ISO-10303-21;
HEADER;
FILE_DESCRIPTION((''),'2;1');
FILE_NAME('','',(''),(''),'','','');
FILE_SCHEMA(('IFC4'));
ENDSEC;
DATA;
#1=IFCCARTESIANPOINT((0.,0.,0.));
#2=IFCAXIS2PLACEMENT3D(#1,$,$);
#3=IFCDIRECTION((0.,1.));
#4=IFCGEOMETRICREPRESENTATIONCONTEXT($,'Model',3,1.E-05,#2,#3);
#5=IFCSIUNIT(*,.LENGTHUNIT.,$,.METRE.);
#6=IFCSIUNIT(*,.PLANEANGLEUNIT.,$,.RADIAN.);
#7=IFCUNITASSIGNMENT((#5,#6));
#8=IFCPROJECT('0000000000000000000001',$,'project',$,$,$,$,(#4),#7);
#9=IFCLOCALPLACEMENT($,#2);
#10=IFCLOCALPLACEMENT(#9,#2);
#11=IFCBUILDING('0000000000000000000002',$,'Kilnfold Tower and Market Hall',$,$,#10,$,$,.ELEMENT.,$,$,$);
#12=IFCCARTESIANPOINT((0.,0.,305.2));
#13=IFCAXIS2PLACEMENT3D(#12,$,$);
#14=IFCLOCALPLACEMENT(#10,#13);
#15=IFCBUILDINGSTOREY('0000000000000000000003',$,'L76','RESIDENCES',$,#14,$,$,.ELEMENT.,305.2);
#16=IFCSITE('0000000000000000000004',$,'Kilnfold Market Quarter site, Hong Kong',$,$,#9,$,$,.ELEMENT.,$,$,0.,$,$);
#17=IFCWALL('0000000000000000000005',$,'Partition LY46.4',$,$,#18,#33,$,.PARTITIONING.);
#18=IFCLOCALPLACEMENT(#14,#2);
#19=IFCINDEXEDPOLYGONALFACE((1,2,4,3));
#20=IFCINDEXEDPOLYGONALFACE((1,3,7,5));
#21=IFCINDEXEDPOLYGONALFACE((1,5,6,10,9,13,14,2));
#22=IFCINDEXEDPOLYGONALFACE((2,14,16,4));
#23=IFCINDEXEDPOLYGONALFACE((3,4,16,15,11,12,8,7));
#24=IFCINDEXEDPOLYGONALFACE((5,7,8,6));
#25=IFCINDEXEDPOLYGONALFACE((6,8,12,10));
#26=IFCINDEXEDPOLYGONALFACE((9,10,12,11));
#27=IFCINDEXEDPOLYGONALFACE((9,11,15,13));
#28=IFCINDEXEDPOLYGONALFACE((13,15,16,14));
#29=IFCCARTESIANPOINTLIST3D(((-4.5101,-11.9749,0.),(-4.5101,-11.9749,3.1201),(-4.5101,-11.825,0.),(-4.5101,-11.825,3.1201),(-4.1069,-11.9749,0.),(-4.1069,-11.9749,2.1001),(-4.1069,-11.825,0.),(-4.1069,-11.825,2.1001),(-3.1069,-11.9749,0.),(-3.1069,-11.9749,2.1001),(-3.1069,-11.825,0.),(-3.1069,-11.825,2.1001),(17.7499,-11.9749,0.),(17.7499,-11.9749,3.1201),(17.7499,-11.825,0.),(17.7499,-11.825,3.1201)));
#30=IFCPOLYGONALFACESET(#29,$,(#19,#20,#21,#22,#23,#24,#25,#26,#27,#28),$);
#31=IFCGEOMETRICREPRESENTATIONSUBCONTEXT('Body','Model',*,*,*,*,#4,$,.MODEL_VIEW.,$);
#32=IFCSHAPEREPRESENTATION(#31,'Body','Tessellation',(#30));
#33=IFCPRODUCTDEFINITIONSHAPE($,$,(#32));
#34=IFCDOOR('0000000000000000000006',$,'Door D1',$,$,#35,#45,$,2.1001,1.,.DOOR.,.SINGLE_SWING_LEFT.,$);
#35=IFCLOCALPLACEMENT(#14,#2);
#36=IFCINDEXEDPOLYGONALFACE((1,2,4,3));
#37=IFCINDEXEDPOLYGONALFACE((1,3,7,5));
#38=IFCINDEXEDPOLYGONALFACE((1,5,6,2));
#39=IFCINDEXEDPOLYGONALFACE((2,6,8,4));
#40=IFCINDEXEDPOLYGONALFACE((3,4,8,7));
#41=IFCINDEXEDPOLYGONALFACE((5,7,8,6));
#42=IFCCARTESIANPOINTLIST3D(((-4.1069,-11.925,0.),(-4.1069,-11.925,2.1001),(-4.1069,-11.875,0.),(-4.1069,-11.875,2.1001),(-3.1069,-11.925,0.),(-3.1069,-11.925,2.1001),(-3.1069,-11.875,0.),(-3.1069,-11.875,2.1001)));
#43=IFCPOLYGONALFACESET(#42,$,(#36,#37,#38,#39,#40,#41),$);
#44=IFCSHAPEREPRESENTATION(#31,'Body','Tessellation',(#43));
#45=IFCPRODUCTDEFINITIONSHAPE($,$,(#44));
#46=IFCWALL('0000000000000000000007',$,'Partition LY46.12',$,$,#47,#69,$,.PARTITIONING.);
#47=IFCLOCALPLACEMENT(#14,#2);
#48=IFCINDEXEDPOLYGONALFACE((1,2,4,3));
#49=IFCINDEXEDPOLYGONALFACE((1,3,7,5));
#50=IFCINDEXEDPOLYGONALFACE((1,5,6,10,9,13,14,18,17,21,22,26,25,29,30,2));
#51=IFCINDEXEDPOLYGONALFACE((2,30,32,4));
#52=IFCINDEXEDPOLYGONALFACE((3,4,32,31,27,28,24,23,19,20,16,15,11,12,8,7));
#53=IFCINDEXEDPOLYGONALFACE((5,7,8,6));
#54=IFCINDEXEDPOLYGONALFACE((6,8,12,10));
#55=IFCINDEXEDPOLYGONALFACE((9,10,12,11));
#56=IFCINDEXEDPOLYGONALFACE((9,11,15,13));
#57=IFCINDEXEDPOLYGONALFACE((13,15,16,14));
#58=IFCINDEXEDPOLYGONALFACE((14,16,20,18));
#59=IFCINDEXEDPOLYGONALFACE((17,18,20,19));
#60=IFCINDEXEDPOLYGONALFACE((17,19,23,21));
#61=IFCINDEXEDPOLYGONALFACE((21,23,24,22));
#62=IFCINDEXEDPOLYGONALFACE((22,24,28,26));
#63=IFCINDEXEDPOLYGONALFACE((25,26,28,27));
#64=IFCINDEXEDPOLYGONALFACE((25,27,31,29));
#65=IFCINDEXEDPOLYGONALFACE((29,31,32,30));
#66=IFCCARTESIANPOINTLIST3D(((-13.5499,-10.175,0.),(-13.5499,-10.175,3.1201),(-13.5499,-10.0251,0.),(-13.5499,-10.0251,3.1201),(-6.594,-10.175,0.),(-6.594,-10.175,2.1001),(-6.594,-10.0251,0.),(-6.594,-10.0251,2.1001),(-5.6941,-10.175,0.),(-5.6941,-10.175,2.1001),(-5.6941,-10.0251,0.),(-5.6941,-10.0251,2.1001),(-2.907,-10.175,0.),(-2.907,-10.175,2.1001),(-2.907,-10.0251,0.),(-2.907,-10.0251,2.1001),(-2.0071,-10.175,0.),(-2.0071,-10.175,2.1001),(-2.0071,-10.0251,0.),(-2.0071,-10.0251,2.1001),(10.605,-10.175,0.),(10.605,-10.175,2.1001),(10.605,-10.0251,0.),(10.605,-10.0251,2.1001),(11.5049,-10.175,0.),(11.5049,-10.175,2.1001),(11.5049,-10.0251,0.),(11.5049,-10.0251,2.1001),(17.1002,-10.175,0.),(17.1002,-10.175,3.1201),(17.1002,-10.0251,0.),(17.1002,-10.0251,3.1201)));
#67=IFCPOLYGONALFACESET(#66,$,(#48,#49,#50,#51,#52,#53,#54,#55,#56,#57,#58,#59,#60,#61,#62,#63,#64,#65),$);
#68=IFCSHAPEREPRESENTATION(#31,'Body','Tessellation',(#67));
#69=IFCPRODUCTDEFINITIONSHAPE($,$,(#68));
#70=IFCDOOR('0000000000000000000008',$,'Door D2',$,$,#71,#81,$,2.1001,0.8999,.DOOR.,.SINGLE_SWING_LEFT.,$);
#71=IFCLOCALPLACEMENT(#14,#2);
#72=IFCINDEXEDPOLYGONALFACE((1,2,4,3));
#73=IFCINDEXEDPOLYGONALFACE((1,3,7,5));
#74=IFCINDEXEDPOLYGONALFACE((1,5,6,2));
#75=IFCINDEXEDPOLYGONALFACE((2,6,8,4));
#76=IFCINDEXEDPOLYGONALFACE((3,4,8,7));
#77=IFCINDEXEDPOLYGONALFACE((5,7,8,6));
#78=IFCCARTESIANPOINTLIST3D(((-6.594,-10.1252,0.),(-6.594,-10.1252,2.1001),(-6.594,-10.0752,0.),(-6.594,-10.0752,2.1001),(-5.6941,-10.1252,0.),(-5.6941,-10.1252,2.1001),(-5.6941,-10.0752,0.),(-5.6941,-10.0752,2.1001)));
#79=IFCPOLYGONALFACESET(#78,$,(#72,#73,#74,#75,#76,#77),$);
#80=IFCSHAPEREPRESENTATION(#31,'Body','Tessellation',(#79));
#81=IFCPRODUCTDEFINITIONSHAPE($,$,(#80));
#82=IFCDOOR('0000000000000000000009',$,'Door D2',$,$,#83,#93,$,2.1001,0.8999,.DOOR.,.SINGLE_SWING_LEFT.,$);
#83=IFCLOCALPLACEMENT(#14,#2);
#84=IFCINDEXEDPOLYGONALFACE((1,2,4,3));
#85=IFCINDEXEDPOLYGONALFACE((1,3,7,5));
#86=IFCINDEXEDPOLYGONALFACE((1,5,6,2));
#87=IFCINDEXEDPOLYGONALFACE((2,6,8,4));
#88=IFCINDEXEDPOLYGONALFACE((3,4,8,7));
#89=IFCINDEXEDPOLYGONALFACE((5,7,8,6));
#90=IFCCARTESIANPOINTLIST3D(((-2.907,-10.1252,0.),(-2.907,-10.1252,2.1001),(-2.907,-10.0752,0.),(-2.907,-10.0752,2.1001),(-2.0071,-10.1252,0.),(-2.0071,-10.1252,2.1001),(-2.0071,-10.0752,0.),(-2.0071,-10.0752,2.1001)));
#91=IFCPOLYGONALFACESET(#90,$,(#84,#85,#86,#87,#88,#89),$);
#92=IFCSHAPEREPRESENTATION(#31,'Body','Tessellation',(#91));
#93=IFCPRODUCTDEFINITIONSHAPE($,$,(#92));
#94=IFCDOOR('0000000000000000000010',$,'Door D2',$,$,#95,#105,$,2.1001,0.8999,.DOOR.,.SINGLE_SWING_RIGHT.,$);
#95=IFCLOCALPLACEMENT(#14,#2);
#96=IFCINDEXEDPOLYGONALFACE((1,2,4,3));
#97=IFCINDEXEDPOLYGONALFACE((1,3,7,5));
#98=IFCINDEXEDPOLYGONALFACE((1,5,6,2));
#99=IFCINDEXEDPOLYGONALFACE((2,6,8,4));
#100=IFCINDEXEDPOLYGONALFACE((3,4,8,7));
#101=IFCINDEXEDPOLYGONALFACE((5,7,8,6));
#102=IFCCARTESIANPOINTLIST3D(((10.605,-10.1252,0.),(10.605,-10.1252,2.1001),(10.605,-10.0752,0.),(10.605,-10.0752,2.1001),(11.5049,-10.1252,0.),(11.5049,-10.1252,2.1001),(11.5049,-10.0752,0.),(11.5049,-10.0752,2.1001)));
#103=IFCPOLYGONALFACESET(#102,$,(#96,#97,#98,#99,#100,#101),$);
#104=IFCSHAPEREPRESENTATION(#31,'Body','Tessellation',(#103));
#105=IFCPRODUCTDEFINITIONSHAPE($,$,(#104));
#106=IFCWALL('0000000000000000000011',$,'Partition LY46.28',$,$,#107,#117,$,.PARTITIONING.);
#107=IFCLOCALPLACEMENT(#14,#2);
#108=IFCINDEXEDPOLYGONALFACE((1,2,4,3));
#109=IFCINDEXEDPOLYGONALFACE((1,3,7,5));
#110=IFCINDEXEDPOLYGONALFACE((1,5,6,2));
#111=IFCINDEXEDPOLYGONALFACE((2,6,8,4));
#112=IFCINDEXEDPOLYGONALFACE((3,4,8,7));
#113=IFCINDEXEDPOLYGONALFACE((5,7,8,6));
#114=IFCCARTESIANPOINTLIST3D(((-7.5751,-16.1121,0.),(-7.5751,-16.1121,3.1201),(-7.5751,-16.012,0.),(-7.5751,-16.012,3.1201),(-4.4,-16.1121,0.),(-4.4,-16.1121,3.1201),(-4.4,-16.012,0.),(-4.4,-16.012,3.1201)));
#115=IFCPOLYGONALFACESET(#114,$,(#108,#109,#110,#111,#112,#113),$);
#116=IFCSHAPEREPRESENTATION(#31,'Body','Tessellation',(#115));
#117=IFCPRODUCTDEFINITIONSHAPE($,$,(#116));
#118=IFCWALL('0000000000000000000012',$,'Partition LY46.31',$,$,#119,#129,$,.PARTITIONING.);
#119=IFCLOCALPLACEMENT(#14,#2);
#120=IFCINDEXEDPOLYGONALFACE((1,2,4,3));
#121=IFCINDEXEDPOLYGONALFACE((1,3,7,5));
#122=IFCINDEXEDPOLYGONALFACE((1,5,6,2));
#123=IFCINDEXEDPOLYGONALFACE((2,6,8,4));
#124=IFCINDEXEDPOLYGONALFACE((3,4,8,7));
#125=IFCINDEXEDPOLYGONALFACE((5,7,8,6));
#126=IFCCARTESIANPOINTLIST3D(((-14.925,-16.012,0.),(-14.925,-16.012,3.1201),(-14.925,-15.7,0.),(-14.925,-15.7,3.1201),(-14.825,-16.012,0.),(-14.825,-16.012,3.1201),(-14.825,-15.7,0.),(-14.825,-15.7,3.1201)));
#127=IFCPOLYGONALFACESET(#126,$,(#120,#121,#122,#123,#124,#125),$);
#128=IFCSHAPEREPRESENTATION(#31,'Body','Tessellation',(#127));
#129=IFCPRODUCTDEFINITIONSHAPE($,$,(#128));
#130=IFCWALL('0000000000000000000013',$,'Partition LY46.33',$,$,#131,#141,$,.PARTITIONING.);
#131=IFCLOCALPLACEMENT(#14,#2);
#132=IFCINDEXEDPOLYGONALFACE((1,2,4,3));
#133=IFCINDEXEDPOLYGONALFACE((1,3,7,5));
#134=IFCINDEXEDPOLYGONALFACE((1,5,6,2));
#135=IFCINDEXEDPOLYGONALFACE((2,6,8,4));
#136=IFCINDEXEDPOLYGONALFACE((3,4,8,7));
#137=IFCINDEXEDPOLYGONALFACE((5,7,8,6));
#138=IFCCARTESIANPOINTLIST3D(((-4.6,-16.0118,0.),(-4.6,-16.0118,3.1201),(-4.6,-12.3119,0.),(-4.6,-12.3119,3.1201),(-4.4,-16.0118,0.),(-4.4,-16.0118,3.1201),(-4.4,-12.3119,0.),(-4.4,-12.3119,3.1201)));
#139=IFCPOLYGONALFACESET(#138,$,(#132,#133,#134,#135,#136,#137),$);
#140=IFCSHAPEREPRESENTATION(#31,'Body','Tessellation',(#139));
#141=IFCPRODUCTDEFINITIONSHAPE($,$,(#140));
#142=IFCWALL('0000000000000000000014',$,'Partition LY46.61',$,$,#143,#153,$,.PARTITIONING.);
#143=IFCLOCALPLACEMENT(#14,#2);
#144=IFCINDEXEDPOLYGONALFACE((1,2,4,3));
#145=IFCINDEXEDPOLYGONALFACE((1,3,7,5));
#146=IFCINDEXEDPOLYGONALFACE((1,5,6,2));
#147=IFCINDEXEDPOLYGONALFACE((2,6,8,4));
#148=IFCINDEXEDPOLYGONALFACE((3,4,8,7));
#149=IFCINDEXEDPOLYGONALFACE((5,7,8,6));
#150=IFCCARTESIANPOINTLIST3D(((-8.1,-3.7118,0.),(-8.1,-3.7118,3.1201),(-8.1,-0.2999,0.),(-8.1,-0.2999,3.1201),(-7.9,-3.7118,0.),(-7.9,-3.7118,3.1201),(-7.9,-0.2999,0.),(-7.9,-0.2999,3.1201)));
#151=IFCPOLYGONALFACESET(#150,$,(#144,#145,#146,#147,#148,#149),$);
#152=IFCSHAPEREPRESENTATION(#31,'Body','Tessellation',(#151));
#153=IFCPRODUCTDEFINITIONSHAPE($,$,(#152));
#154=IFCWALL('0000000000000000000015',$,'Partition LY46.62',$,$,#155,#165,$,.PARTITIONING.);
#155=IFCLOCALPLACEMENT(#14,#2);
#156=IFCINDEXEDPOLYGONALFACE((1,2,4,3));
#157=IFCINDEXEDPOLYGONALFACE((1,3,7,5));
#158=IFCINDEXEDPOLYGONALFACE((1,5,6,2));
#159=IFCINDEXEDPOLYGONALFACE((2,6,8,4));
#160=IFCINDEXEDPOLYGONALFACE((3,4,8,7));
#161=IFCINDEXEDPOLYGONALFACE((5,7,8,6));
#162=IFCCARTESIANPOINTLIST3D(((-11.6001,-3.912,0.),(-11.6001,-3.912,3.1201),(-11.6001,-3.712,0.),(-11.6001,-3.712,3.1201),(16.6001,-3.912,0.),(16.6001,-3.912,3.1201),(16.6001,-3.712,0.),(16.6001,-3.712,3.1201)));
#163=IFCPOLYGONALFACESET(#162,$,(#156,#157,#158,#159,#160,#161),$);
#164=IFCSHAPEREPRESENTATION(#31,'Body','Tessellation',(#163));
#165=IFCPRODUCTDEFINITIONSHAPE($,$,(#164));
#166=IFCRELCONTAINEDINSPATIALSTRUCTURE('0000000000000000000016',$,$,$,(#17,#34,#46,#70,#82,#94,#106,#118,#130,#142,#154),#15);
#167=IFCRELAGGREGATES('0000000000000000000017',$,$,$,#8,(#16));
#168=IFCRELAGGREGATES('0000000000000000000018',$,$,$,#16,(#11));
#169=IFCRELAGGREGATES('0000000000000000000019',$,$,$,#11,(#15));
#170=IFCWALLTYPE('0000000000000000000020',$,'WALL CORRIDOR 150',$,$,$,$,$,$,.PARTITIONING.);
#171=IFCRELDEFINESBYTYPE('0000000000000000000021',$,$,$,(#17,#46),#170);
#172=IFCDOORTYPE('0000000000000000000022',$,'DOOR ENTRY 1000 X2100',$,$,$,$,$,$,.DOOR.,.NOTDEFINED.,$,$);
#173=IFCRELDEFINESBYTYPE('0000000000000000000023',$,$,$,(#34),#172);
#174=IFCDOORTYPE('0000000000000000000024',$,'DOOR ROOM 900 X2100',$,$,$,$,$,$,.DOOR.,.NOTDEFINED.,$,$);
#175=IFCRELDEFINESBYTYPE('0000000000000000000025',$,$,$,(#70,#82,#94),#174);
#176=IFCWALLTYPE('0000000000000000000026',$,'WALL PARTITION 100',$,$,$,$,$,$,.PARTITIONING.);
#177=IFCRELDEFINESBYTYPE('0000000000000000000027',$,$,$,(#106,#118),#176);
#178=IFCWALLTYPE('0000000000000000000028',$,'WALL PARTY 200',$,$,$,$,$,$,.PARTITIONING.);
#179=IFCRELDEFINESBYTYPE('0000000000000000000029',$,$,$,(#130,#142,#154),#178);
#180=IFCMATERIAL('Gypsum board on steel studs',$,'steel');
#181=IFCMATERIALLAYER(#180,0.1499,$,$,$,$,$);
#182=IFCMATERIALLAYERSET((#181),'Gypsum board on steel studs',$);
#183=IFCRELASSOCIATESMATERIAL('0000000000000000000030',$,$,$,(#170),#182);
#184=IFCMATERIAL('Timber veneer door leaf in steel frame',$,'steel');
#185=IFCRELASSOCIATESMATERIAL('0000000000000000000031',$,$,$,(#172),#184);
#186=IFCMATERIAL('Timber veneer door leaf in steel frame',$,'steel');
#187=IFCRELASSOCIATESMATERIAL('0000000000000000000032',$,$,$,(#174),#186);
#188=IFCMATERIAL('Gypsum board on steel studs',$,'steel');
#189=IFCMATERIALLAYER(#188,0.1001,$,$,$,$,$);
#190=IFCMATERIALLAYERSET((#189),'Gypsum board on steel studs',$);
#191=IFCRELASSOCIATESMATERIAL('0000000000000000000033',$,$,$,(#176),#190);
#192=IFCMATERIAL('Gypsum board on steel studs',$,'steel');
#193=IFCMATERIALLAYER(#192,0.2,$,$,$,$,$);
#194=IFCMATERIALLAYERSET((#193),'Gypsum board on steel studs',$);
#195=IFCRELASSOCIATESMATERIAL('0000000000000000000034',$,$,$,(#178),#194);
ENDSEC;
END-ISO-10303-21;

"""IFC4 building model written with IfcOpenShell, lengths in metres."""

from ifc_helpers import new_model, si_unit, direction, frame, frame_2d, origin, place, context, subcontext, project, spatial, rectangle, extrude, material, layer, layer_set, type_object, element, fill, save


model = new_model("IFC4")

# Units and contexts
model_context = context("Model", 3, precision=1e-05, world=origin(), true_north=direction((0.0, 1.0)))
body_context = subcontext(model_context, "Body", "Model", "MODEL_VIEW")
ifc_project = project(units=[si_unit("LENGTHUNIT", "METRE"), si_unit("PLANEANGLEUNIT", "RADIAN")], contexts=[model_context])

# Site, building, storey
site_placement = place(None, origin())
site = spatial("IfcSite", under=ifc_project, at=site_placement, Name="Kilnfold Market Quarter site, Hong Kong", CompositionType="ELEMENT", RefElevation=0.0)
building_placement = place(site_placement, origin())
building = spatial("IfcBuilding", under=site, at=building_placement, Name="Kilnfold Tower and Market Hall", CompositionType="ELEMENT")
storey_placement = place(building_placement, frame((0.0, 0.0, 305.2)))
storey = spatial("IfcBuildingStorey", under=building, at=storey_placement, Name="L76", Description="RESIDENCES", CompositionType="ELEMENT", Elevation=305.2)

# Wall, opening, door
ifc_material_1 = material(Name="Gypsum board on steel studs", Category="steel")
ifc_layer_1 = layer(ifc_material_1, 0.1499)
ifc_layer_set_1 = layer_set([ifc_layer_1], Name="Gypsum board on steel studs")
wall_type_1 = type_object("IfcWallType", Name="WALL CORRIDOR 150", PredefinedType="PARTITIONING", material=ifc_layer_set_1)
wall_1_placement = place(storey_placement, frame((-4.51, -11.8999, 0.0), z_axis=(0.0, 0.0, 1.0), x_axis=(1.0, 0.0, 0.0)))
wall_1 = element("IfcWall", 1, at=wall_1_placement, inside=storey, type_object=wall_type_1, Name="Partition LY46.4", PredefinedType="PARTITIONING", context=body_context, shape_type="SweptSolid", body=[
    extrude(rectangle(XDim=22.26, YDim=0.1499, at=frame_2d((11.1299, 0.0))), origin(), (0.0, 0.0, 1.0), 3.1201),
])
opening_1_placement = place(wall_1_placement, frame((0.4031, 0.0, 0.0)))
opening_1 = element("IfcOpeningElement", 2, at=opening_1_placement, cuts=wall_1, PredefinedType="OPENING", context=body_context, shape_type="SweptSolid", body=[
    extrude(rectangle(XDim=1.0, YDim=2.1001, at=frame_2d((0.5, 1.05))), frame((0.0, 0.085, 0.0), z_axis=(0.0, -1.0, 0.0), x_axis=(1.0, 0.0, 0.0)), (0.0, 0.0, 1.0), 0.1699),
])
ifc_material_2 = material(Name="Timber veneer door leaf in steel frame", Category="steel")
door_type_1 = type_object("IfcDoorType", Name="DOOR ENTRY 1000 X2100", OperationType="NOTDEFINED", PredefinedType="DOOR", material=ifc_material_2)
door_1_placement = place(opening_1_placement, origin())
door_1 = element("IfcDoor", 3, at=door_1_placement, inside=storey, type_object=door_type_1, Name="Door D1", OperationType="SINGLE_SWING_LEFT", OverallHeight=2.1001, OverallWidth=1.0, PredefinedType="DOOR", context=body_context, shape_type="SweptSolid", body=[
    extrude(rectangle(XDim=1.0, YDim=2.1001, at=frame_2d((0.5, 1.05))), frame((0.0, 0.0249, 0.0), z_axis=(0.0, -1.0, 0.0), x_axis=(1.0, 0.0, 0.0)), (0.0, 0.0, 1.0), 0.05),
])
fill(opening_1, door_1)

# Wall, openings, doors
wall_2_placement = place(storey_placement, frame((-13.55, -10.1001, 0.0), z_axis=(0.0, 0.0, 1.0), x_axis=(1.0, 0.0, 0.0)))
wall_2 = element("IfcWall", 4, at=wall_2_placement, inside=storey, type_object=wall_type_1, Name="Partition LY46.12", PredefinedType="PARTITIONING", context=body_context, shape_type="SweptSolid", body=[
    extrude(rectangle(XDim=30.6501, YDim=0.1499, at=frame_2d((15.3252, 0.0))), origin(), (0.0, 0.0, 1.0), 3.1201),
])
opening_2_placement = place(wall_2_placement, frame((6.9561, 0.0, 0.0)))
opening_2 = element("IfcOpeningElement", 5, at=opening_2_placement, cuts=wall_2, PredefinedType="OPENING", context=body_context, shape_type="SweptSolid", body=[
    extrude(rectangle(XDim=0.8999, YDim=2.1001, at=frame_2d((0.45, 1.05))), frame((0.0, 0.085, 0.0), z_axis=(0.0, -1.0, 0.0), x_axis=(1.0, 0.0, 0.0)), (0.0, 0.0, 1.0), 0.1699),
])
opening_3_placement = place(wall_2_placement, frame((10.6431, 0.0, 0.0)))
opening_3 = element("IfcOpeningElement", 6, at=opening_3_placement, cuts=wall_2, PredefinedType="OPENING", context=body_context, shape_type="SweptSolid", body=[
    extrude(rectangle(XDim=0.8999, YDim=2.1001, at=frame_2d((0.45, 1.05))), frame((0.0, 0.085, 0.0), z_axis=(0.0, -1.0, 0.0), x_axis=(1.0, 0.0, 0.0)), (0.0, 0.0, 1.0), 0.1699),
])
opening_4_placement = place(wall_2_placement, frame((24.155, 0.0, 0.0)))
opening_4 = element("IfcOpeningElement", 7, at=opening_4_placement, cuts=wall_2, PredefinedType="OPENING", context=body_context, shape_type="SweptSolid", body=[
    extrude(rectangle(XDim=0.8999, YDim=2.1001, at=frame_2d((0.45, 1.05))), frame((0.0, 0.085, 0.0), z_axis=(0.0, -1.0, 0.0), x_axis=(1.0, 0.0, 0.0)), (0.0, 0.0, 1.0), 0.1699),
])
ifc_material_3 = material(Name="Timber veneer door leaf in steel frame", Category="steel")
door_type_2 = type_object("IfcDoorType", Name="DOOR ROOM 900 X2100", OperationType="NOTDEFINED", PredefinedType="DOOR", material=ifc_material_3)
door_2_placement = place(opening_2_placement, origin())
door_2 = element("IfcDoor", 8, at=door_2_placement, inside=storey, type_object=door_type_2, Name="Door D2", OperationType="SINGLE_SWING_LEFT", OverallHeight=2.1001, OverallWidth=0.8999, PredefinedType="DOOR", context=body_context, shape_type="SweptSolid", body=[
    extrude(rectangle(XDim=0.8999, YDim=2.1001, at=frame_2d((0.45, 1.05))), frame((0.0, 0.0249, 0.0), z_axis=(0.0, -1.0, 0.0), x_axis=(1.0, 0.0, 0.0)), (0.0, 0.0, 1.0), 0.05),
])
fill(opening_2, door_2)
door_3_placement = place(opening_3_placement, origin())
door_3 = element("IfcDoor", 9, at=door_3_placement, inside=storey, type_object=door_type_2, Name="Door D2", OperationType="SINGLE_SWING_LEFT", OverallHeight=2.1001, OverallWidth=0.8999, PredefinedType="DOOR", context=body_context, shape_type="SweptSolid", body=[
    extrude(rectangle(XDim=0.8999, YDim=2.1001, at=frame_2d((0.45, 1.05))), frame((0.0, 0.0249, 0.0), z_axis=(0.0, -1.0, 0.0), x_axis=(1.0, 0.0, 0.0)), (0.0, 0.0, 1.0), 0.05),
])
fill(opening_3, door_3)
door_4_placement = place(opening_4_placement, origin())
door_4 = element("IfcDoor", 10, at=door_4_placement, inside=storey, type_object=door_type_2, Name="Door D2", OperationType="SINGLE_SWING_RIGHT", OverallHeight=2.1001, OverallWidth=0.8999, PredefinedType="DOOR", context=body_context, shape_type="SweptSolid", body=[
    extrude(rectangle(XDim=0.8999, YDim=2.1001, at=frame_2d((0.45, 1.05))), frame((0.0, 0.0249, 0.0), z_axis=(0.0, -1.0, 0.0), x_axis=(1.0, 0.0, 0.0)), (0.0, 0.0, 1.0), 0.05),
])
fill(opening_4, door_4)

# Walls
ifc_material_4 = material(Name="Gypsum board on steel studs", Category="steel")
ifc_layer_2 = layer(ifc_material_4, 0.1001)
ifc_layer_set_2 = layer_set([ifc_layer_2], Name="Gypsum board on steel studs")
wall_type_2 = type_object("IfcWallType", Name="WALL PARTITION 100", PredefinedType="PARTITIONING", material=ifc_layer_set_2)
wall_3_placement = place(storey_placement, frame((-7.575, -16.062, 0.0), z_axis=(0.0, 0.0, 1.0), x_axis=(1.0, 0.0, 0.0)))
element("IfcWall", 11, at=wall_3_placement, inside=storey, type_object=wall_type_2, Name="Partition LY46.28", PredefinedType="PARTITIONING", context=body_context, shape_type="SweptSolid", body=[
    extrude(rectangle(XDim=3.175, YDim=0.1001, at=frame_2d((1.5874, 0.0))), origin(), (0.0, 0.0, 1.0), 3.1201),
])
wall_4_placement = place(storey_placement, frame((-14.875, -16.012, 0.0), z_axis=(0.0, 0.0, 1.0), x_axis=(0.0, 1.0, 0.0)))
element("IfcWall", 12, at=wall_4_placement, inside=storey, type_object=wall_type_2, Name="Partition LY46.31", PredefinedType="PARTITIONING", context=body_context, shape_type="SweptSolid", body=[
    extrude(rectangle(XDim=0.312, YDim=0.1001, at=frame_2d((0.156, 0.0))), origin(), (0.0, 0.0, 1.0), 3.1201),
])
ifc_material_5 = material(Name="Gypsum board on steel studs", Category="steel")
ifc_layer_3 = layer(ifc_material_5, 0.2)
ifc_layer_set_3 = layer_set([ifc_layer_3], Name="Gypsum board on steel studs")
wall_type_3 = type_object("IfcWallType", Name="WALL PARTY 200", PredefinedType="PARTITIONING", material=ifc_layer_set_3)
wall_5_placement = place(storey_placement, frame((-4.5, -16.012, 0.0), z_axis=(0.0, 0.0, 1.0), x_axis=(0.0, 1.0, 0.0)))
element("IfcWall", 13, at=wall_5_placement, inside=storey, type_object=wall_type_3, Name="Partition LY46.33", PredefinedType="PARTITIONING", context=body_context, shape_type="SweptSolid", body=[
    extrude(rectangle(XDim=3.7, YDim=0.2, at=frame_2d((1.8501, 0.0))), origin(), (0.0, 0.0, 1.0), 3.1201),
])
wall_6_placement = place(storey_placement, frame((-8.0, -3.7119, 0.0), z_axis=(0.0, 0.0, 1.0), x_axis=(0.0, 1.0, 0.0)))
element("IfcWall", 14, at=wall_6_placement, inside=storey, type_object=wall_type_3, Name="Partition LY46.61", PredefinedType="PARTITIONING", context=body_context, shape_type="SweptSolid", body=[
    extrude(rectangle(XDim=3.4119, YDim=0.2, at=frame_2d((1.7061, 0.0))), origin(), (0.0, 0.0, 1.0), 3.1201),
])
wall_7_placement = place(storey_placement, frame((-11.6001, -3.812, 0.0), z_axis=(0.0, 0.0, 1.0), x_axis=(1.0, 0.0, 0.0)))
element("IfcWall", 15, at=wall_7_placement, inside=storey, type_object=wall_type_3, Name="Partition LY46.62", PredefinedType="PARTITIONING", context=body_context, shape_type="SweptSolid", body=[
    extrude(rectangle(XDim=28.2002, YDim=0.2, at=frame_2d((14.1001, 0.0))), origin(), (0.0, 0.0, 1.0), 3.1201),
])

save(model, "model.ifc")
